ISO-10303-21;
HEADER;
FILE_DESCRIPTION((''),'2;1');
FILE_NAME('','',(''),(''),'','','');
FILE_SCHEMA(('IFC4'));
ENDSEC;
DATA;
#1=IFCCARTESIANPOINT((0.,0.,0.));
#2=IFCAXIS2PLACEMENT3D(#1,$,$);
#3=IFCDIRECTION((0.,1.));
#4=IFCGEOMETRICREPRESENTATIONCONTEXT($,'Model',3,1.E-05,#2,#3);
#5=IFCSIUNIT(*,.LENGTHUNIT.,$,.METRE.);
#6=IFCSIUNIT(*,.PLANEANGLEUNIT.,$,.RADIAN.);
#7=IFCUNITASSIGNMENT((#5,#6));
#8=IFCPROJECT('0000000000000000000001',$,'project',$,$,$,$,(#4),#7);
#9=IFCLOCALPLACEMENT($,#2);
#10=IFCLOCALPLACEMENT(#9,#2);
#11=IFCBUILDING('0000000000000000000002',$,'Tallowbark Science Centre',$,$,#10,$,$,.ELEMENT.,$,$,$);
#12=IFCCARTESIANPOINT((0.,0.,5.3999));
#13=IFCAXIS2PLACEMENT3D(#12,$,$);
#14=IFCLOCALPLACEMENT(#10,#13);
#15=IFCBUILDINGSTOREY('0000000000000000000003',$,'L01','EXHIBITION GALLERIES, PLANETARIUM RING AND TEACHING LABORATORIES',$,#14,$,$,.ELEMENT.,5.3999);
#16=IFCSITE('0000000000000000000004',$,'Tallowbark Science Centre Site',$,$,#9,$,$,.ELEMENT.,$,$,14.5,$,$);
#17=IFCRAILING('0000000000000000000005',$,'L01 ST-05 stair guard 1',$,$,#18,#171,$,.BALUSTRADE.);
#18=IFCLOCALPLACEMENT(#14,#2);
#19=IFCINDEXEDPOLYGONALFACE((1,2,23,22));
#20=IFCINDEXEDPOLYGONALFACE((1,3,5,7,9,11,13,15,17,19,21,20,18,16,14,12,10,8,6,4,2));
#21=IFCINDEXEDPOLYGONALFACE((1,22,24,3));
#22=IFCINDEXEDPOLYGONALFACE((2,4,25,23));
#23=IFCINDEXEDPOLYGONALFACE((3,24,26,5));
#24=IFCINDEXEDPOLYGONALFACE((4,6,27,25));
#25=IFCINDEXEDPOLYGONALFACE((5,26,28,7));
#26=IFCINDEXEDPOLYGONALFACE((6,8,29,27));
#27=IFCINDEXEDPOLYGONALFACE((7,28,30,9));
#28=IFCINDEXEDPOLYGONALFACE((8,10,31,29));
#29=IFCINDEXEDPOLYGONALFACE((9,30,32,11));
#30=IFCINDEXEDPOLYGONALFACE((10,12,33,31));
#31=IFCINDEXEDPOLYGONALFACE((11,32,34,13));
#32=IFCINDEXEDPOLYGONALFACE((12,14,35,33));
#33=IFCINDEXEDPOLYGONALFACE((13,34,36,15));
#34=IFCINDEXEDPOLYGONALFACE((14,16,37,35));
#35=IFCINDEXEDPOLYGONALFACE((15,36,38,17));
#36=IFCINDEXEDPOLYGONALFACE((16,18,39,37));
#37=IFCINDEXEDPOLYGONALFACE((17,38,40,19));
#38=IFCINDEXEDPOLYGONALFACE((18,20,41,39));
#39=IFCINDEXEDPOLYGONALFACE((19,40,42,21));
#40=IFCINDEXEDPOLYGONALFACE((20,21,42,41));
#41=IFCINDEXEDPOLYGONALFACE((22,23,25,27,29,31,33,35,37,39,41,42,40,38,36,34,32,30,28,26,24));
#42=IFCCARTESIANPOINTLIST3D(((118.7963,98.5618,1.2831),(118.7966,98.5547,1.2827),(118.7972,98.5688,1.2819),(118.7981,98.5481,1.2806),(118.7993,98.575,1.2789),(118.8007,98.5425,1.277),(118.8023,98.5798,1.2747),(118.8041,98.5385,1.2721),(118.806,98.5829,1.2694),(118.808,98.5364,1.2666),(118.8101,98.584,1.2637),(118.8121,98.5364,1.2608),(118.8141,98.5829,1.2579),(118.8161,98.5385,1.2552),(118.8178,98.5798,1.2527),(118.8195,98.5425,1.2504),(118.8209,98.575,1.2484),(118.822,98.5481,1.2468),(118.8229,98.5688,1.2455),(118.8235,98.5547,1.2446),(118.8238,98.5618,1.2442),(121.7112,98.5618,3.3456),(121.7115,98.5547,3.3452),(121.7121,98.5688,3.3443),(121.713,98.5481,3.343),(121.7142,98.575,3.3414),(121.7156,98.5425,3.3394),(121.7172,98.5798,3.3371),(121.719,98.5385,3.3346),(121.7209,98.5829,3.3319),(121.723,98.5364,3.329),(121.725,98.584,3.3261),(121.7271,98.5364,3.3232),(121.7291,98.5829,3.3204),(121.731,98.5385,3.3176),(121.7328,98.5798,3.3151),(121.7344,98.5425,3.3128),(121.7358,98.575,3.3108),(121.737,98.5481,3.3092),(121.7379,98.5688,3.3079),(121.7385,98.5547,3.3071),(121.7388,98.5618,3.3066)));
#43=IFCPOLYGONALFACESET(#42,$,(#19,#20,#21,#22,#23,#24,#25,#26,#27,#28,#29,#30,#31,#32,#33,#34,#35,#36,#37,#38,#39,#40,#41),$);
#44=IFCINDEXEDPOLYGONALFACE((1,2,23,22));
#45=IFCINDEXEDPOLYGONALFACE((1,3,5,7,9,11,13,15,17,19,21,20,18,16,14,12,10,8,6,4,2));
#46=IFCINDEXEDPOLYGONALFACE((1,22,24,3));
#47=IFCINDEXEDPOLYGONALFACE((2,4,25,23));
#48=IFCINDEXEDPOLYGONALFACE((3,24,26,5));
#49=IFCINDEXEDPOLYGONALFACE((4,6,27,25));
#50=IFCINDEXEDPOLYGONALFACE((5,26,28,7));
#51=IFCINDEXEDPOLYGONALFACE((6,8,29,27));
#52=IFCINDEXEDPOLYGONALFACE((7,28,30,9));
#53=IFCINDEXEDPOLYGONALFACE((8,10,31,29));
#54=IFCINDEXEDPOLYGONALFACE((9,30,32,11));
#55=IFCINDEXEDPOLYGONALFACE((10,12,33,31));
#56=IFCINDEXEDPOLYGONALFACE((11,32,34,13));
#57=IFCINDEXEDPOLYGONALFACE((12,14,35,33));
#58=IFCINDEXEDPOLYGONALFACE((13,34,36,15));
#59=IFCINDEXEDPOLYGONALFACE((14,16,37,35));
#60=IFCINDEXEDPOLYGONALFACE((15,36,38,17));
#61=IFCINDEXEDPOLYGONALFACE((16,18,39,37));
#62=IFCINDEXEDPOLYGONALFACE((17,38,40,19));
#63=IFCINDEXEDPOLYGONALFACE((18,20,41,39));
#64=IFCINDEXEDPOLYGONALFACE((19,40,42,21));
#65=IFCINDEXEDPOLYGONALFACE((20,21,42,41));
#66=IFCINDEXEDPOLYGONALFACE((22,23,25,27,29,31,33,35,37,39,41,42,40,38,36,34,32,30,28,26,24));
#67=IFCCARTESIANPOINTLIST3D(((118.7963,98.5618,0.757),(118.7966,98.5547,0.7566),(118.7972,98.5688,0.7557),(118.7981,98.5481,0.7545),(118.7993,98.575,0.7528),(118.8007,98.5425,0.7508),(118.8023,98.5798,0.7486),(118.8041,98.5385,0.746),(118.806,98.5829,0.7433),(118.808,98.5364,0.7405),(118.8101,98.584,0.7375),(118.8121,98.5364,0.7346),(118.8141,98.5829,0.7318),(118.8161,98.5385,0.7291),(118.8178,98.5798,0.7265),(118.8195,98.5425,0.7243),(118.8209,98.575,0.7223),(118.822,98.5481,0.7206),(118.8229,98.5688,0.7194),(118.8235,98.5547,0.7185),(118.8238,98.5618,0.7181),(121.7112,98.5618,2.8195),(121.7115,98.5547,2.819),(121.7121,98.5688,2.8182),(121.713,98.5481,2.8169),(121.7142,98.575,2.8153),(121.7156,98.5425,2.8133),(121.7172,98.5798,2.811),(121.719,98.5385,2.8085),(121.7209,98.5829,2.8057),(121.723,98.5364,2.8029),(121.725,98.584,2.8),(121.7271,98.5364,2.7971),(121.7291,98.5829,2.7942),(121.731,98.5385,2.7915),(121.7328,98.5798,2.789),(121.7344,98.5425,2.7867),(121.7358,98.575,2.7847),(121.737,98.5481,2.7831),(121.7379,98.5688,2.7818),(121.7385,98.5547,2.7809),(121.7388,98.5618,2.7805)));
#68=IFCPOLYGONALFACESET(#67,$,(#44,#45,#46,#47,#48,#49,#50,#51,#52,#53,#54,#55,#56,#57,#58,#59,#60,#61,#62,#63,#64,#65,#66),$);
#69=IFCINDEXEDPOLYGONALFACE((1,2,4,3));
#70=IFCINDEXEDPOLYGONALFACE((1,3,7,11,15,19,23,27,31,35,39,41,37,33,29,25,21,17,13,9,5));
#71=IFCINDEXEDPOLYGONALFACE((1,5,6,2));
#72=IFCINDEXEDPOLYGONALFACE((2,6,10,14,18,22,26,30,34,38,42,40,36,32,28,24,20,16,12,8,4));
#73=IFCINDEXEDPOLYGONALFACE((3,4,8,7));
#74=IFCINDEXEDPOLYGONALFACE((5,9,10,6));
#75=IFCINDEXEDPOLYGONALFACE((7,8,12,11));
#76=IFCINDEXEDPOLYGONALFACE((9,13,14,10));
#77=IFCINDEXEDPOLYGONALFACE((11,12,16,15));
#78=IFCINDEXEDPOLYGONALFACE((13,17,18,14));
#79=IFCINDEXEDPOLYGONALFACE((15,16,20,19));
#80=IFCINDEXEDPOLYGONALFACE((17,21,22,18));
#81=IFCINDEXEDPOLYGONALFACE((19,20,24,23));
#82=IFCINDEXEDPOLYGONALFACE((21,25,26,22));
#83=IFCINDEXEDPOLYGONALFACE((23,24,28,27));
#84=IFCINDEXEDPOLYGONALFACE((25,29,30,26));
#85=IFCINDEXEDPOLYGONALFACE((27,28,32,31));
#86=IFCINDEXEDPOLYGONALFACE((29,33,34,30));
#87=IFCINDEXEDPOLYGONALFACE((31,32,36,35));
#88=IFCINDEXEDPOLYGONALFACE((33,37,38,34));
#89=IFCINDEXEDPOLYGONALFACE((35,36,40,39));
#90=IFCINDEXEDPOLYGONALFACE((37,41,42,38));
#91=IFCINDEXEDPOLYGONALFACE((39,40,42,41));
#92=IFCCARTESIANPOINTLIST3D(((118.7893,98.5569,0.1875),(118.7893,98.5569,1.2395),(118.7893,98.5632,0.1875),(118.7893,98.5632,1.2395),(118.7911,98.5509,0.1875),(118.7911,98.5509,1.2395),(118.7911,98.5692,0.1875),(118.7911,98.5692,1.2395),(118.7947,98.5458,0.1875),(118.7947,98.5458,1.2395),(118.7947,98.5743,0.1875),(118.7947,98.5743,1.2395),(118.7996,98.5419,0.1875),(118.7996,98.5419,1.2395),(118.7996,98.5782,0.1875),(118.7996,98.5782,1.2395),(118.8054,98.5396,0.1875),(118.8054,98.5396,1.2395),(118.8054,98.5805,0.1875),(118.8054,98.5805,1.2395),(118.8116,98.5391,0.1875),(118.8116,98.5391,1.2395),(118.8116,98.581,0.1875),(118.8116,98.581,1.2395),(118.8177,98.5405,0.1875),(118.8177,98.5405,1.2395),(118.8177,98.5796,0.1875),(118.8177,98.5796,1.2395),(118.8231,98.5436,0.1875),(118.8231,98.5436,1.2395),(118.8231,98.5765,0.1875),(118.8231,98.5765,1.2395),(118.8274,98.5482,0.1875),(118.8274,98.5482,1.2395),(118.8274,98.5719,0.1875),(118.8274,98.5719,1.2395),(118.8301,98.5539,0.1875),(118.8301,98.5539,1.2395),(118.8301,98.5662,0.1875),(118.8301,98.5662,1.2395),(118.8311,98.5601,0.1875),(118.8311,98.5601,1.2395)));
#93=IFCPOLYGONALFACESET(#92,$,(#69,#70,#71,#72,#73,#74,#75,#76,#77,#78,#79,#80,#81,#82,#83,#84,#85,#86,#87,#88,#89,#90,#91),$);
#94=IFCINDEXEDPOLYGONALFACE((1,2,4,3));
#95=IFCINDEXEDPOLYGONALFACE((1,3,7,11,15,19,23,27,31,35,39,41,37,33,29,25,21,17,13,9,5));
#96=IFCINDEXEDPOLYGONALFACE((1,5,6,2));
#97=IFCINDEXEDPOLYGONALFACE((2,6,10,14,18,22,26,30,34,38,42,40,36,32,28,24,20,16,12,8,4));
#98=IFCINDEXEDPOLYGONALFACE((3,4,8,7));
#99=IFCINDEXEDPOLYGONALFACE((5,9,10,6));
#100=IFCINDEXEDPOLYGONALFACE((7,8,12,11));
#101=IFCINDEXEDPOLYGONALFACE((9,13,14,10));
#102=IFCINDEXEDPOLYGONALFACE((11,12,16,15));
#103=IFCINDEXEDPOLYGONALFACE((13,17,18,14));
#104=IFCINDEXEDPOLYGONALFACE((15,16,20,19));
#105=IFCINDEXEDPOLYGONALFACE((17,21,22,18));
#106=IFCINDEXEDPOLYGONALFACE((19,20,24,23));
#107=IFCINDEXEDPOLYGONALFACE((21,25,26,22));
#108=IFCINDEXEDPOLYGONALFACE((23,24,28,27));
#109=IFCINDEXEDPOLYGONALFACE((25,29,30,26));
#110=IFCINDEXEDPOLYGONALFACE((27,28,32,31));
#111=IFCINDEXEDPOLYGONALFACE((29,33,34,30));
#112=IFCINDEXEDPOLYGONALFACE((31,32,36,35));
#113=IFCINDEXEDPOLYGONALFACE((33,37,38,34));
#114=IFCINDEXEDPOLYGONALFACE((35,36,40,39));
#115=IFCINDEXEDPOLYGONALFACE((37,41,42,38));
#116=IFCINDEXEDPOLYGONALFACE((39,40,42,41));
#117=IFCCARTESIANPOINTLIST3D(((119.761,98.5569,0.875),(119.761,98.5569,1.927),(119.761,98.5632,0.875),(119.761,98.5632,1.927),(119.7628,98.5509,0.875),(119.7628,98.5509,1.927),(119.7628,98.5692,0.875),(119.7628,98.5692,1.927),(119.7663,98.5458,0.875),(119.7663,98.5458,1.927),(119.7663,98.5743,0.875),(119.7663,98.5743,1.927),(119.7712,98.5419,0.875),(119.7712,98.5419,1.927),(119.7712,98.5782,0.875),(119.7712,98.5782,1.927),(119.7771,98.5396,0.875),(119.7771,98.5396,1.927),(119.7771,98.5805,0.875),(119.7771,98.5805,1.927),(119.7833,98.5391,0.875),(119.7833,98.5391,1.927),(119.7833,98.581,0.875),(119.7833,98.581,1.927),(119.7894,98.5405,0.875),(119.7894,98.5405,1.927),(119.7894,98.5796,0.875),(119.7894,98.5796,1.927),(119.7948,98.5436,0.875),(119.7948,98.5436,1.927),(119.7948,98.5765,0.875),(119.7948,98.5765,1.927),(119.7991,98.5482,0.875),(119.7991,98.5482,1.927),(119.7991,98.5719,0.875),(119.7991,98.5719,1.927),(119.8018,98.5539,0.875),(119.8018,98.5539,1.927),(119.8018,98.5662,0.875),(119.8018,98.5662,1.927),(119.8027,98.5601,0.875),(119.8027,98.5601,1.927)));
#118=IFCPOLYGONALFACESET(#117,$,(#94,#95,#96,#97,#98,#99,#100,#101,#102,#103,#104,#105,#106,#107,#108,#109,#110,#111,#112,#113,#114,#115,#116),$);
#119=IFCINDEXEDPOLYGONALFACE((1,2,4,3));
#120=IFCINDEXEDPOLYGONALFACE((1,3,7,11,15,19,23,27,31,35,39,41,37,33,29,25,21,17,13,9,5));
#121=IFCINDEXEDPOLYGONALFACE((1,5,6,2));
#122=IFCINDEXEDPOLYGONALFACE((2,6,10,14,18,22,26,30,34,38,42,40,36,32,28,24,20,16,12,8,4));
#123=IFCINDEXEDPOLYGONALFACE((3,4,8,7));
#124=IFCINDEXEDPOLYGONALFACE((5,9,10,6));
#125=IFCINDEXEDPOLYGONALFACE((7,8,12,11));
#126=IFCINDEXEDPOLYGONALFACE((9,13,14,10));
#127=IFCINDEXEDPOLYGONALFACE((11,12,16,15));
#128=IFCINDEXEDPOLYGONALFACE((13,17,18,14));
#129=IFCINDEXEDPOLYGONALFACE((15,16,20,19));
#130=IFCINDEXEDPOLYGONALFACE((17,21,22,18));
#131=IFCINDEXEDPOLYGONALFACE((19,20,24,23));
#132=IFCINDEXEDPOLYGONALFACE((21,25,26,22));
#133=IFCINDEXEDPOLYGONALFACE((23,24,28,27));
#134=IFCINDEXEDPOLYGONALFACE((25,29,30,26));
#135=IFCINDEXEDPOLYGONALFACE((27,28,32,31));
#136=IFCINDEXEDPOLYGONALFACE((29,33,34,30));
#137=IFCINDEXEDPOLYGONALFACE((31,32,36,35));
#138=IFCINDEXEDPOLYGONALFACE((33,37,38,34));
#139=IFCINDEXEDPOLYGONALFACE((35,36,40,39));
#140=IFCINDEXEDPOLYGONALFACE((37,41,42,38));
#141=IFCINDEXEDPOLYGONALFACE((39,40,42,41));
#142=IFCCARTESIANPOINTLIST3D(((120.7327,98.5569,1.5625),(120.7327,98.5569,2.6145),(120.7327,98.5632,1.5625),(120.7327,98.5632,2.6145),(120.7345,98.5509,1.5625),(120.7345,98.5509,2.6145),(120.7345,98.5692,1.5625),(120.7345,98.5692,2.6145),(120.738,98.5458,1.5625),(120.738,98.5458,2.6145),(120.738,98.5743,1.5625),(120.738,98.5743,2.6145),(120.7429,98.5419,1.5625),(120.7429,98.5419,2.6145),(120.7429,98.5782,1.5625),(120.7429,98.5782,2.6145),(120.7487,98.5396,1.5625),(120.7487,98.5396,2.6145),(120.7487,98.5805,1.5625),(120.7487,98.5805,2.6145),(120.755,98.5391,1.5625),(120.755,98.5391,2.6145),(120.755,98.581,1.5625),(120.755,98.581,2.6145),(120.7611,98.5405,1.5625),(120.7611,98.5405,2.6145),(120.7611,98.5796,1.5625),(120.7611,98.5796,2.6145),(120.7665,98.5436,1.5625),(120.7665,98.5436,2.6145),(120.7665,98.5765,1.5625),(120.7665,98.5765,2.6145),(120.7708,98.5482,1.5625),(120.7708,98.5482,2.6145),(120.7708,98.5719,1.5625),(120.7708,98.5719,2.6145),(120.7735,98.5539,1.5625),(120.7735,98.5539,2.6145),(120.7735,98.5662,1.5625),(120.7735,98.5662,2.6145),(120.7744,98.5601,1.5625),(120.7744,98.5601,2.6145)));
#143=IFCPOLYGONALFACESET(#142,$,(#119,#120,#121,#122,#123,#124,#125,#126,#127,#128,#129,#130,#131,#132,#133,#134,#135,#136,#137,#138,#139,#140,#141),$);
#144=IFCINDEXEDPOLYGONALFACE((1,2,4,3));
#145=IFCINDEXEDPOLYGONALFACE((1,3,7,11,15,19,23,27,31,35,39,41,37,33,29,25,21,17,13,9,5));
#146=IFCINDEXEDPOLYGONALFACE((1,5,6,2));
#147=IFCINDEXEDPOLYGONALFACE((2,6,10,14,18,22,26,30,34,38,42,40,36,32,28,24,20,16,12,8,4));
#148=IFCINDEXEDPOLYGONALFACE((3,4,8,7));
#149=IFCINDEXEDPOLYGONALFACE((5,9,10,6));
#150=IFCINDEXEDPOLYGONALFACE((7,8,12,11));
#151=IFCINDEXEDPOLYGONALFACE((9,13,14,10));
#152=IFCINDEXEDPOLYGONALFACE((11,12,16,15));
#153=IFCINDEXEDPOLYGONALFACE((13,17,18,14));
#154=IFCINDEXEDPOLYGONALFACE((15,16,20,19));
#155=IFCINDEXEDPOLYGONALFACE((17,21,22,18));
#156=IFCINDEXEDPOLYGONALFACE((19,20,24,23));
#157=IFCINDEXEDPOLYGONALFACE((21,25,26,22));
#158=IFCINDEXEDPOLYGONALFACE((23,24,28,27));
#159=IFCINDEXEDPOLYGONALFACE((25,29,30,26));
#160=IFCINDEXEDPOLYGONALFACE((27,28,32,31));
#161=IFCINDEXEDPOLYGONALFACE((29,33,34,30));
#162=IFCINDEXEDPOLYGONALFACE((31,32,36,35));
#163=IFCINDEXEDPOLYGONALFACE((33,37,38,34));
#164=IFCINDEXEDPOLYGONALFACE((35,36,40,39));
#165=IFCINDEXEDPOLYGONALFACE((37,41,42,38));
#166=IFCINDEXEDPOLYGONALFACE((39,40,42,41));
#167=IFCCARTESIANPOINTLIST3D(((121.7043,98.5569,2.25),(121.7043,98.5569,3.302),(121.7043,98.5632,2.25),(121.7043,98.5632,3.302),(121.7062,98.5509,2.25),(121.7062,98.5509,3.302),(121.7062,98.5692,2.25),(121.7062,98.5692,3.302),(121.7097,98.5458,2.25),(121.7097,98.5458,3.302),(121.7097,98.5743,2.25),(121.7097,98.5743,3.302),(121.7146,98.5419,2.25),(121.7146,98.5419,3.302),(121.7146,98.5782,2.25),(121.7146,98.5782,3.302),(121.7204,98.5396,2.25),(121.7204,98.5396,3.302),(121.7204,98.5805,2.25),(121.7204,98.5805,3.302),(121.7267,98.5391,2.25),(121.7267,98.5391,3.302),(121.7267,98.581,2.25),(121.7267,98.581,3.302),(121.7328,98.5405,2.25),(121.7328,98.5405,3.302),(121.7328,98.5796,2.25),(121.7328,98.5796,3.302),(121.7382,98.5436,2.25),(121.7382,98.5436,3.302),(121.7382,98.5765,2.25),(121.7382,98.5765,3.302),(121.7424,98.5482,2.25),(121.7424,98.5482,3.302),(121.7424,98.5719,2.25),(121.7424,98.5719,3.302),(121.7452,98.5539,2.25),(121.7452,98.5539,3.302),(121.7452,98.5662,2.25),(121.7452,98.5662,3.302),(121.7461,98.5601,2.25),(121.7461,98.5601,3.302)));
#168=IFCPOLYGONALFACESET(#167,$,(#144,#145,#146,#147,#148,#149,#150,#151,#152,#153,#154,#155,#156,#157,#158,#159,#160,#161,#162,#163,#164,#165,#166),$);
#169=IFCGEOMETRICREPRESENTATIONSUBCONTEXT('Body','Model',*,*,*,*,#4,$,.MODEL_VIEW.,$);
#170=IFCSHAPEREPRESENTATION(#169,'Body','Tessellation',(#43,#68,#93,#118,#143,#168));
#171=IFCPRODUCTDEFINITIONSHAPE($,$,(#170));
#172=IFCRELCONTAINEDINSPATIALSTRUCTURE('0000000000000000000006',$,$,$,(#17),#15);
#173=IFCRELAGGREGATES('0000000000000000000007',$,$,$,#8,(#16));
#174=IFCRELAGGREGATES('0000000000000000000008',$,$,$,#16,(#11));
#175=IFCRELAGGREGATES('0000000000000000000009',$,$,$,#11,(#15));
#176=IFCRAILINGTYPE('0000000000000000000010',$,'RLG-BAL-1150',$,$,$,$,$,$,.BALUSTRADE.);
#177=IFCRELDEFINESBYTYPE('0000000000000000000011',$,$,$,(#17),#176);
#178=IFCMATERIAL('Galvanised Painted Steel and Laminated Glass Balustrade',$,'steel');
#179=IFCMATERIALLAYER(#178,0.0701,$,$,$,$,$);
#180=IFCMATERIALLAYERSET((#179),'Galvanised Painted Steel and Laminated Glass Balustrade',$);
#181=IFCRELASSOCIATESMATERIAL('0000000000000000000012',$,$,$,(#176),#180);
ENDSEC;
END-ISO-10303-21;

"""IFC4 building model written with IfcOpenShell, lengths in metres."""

from ifc_helpers import new_model, si_unit, direction, frame, origin, origin_2d, place, context, subcontext, project, spatial, circle, extrude, material, layer, layer_set, type_object, element, save


model = new_model("IFC4")

# Units and contexts
model_context = context("Model", 3, precision=1e-05, world=origin(), true_north=direction((0.0, 1.0)))
body_context = subcontext(model_context, "Body", "Model", "MODEL_VIEW")
ifc_project = project(units=[si_unit("LENGTHUNIT", "METRE"), si_unit("PLANEANGLEUNIT", "RADIAN")], contexts=[model_context])

# Site, building, storey
site_placement = place(None, origin())
site = spatial("IfcSite", under=ifc_project, at=site_placement, Name="Tallowbark Science Centre Site", CompositionType="ELEMENT", RefElevation=14.5)
building_placement = place(site_placement, origin())
building = spatial("IfcBuilding", under=site, at=building_placement, Name="Tallowbark Science Centre", CompositionType="ELEMENT")
storey_placement = place(building_placement, frame((0.0, 0.0, 5.3999)))
storey = spatial("IfcBuildingStorey", under=building, at=storey_placement, Name="L01", Description="EXHIBITION GALLERIES, PLANETARIUM RING AND TEACHING LABORATORIES", CompositionType="ELEMENT", Elevation=5.3999)

# Railing
ifc_material_1 = material(Name="Galvanised Painted Steel and Laminated Glass Balustrade", Category="steel")
ifc_layer_1 = layer(ifc_material_1, 0.0701)
ifc_layer_set_1 = layer_set([ifc_layer_1], Name="Galvanised Painted Steel and Laminated Glass Balustrade")
railing_type_1 = type_object("IfcRailingType", Name="RLG-BAL-1150", PredefinedType="BALUSTRADE", material=ifc_layer_set_1)
railing_1_placement = place(storey_placement, frame((118.8101, 98.5601, 0.1875)))
element("IfcRailing", 1, at=railing_1_placement, inside=storey, type_object=railing_type_1, Name="L01 ST-05 stair guard 1", PredefinedType="BALUSTRADE", context=body_context, shape_type="SweptSolid", body=[
    extrude(circle(Radius=0.0239, at=origin_2d()), frame((0.0, 0.0, 1.0762), z_axis=(0.816331, 0.0, 0.577585), x_axis=(0.0, 1.0, 0.0)), (0.0, 0.0, 1.0), 3.5708),
    extrude(circle(Radius=0.0239, at=origin_2d()), frame((0.0, 0.0, 0.55), z_axis=(0.816331, 0.0, 0.577585), x_axis=(0.0, 1.0, 0.0)), (0.0, 0.0, 1.0), 3.5708),
    extrude(circle(Radius=0.021, at=origin_2d()), origin(), (0.0, 0.0, 1.0), 1.052),
    extrude(circle(Radius=0.021, at=origin_2d()), frame((0.9717, 0.0, 0.6875)), (0.0, 0.0, 1.0), 1.052),
    extrude(circle(Radius=0.021, at=origin_2d()), frame((1.9434, 0.0, 1.375)), (0.0, 0.0, 1.0), 1.052),
    extrude(circle(Radius=0.021, at=origin_2d()), frame((2.915, 0.0, 2.0625)), (0.0, 0.0, 1.0), 1.052),
])

save(model, "model.ifc")
